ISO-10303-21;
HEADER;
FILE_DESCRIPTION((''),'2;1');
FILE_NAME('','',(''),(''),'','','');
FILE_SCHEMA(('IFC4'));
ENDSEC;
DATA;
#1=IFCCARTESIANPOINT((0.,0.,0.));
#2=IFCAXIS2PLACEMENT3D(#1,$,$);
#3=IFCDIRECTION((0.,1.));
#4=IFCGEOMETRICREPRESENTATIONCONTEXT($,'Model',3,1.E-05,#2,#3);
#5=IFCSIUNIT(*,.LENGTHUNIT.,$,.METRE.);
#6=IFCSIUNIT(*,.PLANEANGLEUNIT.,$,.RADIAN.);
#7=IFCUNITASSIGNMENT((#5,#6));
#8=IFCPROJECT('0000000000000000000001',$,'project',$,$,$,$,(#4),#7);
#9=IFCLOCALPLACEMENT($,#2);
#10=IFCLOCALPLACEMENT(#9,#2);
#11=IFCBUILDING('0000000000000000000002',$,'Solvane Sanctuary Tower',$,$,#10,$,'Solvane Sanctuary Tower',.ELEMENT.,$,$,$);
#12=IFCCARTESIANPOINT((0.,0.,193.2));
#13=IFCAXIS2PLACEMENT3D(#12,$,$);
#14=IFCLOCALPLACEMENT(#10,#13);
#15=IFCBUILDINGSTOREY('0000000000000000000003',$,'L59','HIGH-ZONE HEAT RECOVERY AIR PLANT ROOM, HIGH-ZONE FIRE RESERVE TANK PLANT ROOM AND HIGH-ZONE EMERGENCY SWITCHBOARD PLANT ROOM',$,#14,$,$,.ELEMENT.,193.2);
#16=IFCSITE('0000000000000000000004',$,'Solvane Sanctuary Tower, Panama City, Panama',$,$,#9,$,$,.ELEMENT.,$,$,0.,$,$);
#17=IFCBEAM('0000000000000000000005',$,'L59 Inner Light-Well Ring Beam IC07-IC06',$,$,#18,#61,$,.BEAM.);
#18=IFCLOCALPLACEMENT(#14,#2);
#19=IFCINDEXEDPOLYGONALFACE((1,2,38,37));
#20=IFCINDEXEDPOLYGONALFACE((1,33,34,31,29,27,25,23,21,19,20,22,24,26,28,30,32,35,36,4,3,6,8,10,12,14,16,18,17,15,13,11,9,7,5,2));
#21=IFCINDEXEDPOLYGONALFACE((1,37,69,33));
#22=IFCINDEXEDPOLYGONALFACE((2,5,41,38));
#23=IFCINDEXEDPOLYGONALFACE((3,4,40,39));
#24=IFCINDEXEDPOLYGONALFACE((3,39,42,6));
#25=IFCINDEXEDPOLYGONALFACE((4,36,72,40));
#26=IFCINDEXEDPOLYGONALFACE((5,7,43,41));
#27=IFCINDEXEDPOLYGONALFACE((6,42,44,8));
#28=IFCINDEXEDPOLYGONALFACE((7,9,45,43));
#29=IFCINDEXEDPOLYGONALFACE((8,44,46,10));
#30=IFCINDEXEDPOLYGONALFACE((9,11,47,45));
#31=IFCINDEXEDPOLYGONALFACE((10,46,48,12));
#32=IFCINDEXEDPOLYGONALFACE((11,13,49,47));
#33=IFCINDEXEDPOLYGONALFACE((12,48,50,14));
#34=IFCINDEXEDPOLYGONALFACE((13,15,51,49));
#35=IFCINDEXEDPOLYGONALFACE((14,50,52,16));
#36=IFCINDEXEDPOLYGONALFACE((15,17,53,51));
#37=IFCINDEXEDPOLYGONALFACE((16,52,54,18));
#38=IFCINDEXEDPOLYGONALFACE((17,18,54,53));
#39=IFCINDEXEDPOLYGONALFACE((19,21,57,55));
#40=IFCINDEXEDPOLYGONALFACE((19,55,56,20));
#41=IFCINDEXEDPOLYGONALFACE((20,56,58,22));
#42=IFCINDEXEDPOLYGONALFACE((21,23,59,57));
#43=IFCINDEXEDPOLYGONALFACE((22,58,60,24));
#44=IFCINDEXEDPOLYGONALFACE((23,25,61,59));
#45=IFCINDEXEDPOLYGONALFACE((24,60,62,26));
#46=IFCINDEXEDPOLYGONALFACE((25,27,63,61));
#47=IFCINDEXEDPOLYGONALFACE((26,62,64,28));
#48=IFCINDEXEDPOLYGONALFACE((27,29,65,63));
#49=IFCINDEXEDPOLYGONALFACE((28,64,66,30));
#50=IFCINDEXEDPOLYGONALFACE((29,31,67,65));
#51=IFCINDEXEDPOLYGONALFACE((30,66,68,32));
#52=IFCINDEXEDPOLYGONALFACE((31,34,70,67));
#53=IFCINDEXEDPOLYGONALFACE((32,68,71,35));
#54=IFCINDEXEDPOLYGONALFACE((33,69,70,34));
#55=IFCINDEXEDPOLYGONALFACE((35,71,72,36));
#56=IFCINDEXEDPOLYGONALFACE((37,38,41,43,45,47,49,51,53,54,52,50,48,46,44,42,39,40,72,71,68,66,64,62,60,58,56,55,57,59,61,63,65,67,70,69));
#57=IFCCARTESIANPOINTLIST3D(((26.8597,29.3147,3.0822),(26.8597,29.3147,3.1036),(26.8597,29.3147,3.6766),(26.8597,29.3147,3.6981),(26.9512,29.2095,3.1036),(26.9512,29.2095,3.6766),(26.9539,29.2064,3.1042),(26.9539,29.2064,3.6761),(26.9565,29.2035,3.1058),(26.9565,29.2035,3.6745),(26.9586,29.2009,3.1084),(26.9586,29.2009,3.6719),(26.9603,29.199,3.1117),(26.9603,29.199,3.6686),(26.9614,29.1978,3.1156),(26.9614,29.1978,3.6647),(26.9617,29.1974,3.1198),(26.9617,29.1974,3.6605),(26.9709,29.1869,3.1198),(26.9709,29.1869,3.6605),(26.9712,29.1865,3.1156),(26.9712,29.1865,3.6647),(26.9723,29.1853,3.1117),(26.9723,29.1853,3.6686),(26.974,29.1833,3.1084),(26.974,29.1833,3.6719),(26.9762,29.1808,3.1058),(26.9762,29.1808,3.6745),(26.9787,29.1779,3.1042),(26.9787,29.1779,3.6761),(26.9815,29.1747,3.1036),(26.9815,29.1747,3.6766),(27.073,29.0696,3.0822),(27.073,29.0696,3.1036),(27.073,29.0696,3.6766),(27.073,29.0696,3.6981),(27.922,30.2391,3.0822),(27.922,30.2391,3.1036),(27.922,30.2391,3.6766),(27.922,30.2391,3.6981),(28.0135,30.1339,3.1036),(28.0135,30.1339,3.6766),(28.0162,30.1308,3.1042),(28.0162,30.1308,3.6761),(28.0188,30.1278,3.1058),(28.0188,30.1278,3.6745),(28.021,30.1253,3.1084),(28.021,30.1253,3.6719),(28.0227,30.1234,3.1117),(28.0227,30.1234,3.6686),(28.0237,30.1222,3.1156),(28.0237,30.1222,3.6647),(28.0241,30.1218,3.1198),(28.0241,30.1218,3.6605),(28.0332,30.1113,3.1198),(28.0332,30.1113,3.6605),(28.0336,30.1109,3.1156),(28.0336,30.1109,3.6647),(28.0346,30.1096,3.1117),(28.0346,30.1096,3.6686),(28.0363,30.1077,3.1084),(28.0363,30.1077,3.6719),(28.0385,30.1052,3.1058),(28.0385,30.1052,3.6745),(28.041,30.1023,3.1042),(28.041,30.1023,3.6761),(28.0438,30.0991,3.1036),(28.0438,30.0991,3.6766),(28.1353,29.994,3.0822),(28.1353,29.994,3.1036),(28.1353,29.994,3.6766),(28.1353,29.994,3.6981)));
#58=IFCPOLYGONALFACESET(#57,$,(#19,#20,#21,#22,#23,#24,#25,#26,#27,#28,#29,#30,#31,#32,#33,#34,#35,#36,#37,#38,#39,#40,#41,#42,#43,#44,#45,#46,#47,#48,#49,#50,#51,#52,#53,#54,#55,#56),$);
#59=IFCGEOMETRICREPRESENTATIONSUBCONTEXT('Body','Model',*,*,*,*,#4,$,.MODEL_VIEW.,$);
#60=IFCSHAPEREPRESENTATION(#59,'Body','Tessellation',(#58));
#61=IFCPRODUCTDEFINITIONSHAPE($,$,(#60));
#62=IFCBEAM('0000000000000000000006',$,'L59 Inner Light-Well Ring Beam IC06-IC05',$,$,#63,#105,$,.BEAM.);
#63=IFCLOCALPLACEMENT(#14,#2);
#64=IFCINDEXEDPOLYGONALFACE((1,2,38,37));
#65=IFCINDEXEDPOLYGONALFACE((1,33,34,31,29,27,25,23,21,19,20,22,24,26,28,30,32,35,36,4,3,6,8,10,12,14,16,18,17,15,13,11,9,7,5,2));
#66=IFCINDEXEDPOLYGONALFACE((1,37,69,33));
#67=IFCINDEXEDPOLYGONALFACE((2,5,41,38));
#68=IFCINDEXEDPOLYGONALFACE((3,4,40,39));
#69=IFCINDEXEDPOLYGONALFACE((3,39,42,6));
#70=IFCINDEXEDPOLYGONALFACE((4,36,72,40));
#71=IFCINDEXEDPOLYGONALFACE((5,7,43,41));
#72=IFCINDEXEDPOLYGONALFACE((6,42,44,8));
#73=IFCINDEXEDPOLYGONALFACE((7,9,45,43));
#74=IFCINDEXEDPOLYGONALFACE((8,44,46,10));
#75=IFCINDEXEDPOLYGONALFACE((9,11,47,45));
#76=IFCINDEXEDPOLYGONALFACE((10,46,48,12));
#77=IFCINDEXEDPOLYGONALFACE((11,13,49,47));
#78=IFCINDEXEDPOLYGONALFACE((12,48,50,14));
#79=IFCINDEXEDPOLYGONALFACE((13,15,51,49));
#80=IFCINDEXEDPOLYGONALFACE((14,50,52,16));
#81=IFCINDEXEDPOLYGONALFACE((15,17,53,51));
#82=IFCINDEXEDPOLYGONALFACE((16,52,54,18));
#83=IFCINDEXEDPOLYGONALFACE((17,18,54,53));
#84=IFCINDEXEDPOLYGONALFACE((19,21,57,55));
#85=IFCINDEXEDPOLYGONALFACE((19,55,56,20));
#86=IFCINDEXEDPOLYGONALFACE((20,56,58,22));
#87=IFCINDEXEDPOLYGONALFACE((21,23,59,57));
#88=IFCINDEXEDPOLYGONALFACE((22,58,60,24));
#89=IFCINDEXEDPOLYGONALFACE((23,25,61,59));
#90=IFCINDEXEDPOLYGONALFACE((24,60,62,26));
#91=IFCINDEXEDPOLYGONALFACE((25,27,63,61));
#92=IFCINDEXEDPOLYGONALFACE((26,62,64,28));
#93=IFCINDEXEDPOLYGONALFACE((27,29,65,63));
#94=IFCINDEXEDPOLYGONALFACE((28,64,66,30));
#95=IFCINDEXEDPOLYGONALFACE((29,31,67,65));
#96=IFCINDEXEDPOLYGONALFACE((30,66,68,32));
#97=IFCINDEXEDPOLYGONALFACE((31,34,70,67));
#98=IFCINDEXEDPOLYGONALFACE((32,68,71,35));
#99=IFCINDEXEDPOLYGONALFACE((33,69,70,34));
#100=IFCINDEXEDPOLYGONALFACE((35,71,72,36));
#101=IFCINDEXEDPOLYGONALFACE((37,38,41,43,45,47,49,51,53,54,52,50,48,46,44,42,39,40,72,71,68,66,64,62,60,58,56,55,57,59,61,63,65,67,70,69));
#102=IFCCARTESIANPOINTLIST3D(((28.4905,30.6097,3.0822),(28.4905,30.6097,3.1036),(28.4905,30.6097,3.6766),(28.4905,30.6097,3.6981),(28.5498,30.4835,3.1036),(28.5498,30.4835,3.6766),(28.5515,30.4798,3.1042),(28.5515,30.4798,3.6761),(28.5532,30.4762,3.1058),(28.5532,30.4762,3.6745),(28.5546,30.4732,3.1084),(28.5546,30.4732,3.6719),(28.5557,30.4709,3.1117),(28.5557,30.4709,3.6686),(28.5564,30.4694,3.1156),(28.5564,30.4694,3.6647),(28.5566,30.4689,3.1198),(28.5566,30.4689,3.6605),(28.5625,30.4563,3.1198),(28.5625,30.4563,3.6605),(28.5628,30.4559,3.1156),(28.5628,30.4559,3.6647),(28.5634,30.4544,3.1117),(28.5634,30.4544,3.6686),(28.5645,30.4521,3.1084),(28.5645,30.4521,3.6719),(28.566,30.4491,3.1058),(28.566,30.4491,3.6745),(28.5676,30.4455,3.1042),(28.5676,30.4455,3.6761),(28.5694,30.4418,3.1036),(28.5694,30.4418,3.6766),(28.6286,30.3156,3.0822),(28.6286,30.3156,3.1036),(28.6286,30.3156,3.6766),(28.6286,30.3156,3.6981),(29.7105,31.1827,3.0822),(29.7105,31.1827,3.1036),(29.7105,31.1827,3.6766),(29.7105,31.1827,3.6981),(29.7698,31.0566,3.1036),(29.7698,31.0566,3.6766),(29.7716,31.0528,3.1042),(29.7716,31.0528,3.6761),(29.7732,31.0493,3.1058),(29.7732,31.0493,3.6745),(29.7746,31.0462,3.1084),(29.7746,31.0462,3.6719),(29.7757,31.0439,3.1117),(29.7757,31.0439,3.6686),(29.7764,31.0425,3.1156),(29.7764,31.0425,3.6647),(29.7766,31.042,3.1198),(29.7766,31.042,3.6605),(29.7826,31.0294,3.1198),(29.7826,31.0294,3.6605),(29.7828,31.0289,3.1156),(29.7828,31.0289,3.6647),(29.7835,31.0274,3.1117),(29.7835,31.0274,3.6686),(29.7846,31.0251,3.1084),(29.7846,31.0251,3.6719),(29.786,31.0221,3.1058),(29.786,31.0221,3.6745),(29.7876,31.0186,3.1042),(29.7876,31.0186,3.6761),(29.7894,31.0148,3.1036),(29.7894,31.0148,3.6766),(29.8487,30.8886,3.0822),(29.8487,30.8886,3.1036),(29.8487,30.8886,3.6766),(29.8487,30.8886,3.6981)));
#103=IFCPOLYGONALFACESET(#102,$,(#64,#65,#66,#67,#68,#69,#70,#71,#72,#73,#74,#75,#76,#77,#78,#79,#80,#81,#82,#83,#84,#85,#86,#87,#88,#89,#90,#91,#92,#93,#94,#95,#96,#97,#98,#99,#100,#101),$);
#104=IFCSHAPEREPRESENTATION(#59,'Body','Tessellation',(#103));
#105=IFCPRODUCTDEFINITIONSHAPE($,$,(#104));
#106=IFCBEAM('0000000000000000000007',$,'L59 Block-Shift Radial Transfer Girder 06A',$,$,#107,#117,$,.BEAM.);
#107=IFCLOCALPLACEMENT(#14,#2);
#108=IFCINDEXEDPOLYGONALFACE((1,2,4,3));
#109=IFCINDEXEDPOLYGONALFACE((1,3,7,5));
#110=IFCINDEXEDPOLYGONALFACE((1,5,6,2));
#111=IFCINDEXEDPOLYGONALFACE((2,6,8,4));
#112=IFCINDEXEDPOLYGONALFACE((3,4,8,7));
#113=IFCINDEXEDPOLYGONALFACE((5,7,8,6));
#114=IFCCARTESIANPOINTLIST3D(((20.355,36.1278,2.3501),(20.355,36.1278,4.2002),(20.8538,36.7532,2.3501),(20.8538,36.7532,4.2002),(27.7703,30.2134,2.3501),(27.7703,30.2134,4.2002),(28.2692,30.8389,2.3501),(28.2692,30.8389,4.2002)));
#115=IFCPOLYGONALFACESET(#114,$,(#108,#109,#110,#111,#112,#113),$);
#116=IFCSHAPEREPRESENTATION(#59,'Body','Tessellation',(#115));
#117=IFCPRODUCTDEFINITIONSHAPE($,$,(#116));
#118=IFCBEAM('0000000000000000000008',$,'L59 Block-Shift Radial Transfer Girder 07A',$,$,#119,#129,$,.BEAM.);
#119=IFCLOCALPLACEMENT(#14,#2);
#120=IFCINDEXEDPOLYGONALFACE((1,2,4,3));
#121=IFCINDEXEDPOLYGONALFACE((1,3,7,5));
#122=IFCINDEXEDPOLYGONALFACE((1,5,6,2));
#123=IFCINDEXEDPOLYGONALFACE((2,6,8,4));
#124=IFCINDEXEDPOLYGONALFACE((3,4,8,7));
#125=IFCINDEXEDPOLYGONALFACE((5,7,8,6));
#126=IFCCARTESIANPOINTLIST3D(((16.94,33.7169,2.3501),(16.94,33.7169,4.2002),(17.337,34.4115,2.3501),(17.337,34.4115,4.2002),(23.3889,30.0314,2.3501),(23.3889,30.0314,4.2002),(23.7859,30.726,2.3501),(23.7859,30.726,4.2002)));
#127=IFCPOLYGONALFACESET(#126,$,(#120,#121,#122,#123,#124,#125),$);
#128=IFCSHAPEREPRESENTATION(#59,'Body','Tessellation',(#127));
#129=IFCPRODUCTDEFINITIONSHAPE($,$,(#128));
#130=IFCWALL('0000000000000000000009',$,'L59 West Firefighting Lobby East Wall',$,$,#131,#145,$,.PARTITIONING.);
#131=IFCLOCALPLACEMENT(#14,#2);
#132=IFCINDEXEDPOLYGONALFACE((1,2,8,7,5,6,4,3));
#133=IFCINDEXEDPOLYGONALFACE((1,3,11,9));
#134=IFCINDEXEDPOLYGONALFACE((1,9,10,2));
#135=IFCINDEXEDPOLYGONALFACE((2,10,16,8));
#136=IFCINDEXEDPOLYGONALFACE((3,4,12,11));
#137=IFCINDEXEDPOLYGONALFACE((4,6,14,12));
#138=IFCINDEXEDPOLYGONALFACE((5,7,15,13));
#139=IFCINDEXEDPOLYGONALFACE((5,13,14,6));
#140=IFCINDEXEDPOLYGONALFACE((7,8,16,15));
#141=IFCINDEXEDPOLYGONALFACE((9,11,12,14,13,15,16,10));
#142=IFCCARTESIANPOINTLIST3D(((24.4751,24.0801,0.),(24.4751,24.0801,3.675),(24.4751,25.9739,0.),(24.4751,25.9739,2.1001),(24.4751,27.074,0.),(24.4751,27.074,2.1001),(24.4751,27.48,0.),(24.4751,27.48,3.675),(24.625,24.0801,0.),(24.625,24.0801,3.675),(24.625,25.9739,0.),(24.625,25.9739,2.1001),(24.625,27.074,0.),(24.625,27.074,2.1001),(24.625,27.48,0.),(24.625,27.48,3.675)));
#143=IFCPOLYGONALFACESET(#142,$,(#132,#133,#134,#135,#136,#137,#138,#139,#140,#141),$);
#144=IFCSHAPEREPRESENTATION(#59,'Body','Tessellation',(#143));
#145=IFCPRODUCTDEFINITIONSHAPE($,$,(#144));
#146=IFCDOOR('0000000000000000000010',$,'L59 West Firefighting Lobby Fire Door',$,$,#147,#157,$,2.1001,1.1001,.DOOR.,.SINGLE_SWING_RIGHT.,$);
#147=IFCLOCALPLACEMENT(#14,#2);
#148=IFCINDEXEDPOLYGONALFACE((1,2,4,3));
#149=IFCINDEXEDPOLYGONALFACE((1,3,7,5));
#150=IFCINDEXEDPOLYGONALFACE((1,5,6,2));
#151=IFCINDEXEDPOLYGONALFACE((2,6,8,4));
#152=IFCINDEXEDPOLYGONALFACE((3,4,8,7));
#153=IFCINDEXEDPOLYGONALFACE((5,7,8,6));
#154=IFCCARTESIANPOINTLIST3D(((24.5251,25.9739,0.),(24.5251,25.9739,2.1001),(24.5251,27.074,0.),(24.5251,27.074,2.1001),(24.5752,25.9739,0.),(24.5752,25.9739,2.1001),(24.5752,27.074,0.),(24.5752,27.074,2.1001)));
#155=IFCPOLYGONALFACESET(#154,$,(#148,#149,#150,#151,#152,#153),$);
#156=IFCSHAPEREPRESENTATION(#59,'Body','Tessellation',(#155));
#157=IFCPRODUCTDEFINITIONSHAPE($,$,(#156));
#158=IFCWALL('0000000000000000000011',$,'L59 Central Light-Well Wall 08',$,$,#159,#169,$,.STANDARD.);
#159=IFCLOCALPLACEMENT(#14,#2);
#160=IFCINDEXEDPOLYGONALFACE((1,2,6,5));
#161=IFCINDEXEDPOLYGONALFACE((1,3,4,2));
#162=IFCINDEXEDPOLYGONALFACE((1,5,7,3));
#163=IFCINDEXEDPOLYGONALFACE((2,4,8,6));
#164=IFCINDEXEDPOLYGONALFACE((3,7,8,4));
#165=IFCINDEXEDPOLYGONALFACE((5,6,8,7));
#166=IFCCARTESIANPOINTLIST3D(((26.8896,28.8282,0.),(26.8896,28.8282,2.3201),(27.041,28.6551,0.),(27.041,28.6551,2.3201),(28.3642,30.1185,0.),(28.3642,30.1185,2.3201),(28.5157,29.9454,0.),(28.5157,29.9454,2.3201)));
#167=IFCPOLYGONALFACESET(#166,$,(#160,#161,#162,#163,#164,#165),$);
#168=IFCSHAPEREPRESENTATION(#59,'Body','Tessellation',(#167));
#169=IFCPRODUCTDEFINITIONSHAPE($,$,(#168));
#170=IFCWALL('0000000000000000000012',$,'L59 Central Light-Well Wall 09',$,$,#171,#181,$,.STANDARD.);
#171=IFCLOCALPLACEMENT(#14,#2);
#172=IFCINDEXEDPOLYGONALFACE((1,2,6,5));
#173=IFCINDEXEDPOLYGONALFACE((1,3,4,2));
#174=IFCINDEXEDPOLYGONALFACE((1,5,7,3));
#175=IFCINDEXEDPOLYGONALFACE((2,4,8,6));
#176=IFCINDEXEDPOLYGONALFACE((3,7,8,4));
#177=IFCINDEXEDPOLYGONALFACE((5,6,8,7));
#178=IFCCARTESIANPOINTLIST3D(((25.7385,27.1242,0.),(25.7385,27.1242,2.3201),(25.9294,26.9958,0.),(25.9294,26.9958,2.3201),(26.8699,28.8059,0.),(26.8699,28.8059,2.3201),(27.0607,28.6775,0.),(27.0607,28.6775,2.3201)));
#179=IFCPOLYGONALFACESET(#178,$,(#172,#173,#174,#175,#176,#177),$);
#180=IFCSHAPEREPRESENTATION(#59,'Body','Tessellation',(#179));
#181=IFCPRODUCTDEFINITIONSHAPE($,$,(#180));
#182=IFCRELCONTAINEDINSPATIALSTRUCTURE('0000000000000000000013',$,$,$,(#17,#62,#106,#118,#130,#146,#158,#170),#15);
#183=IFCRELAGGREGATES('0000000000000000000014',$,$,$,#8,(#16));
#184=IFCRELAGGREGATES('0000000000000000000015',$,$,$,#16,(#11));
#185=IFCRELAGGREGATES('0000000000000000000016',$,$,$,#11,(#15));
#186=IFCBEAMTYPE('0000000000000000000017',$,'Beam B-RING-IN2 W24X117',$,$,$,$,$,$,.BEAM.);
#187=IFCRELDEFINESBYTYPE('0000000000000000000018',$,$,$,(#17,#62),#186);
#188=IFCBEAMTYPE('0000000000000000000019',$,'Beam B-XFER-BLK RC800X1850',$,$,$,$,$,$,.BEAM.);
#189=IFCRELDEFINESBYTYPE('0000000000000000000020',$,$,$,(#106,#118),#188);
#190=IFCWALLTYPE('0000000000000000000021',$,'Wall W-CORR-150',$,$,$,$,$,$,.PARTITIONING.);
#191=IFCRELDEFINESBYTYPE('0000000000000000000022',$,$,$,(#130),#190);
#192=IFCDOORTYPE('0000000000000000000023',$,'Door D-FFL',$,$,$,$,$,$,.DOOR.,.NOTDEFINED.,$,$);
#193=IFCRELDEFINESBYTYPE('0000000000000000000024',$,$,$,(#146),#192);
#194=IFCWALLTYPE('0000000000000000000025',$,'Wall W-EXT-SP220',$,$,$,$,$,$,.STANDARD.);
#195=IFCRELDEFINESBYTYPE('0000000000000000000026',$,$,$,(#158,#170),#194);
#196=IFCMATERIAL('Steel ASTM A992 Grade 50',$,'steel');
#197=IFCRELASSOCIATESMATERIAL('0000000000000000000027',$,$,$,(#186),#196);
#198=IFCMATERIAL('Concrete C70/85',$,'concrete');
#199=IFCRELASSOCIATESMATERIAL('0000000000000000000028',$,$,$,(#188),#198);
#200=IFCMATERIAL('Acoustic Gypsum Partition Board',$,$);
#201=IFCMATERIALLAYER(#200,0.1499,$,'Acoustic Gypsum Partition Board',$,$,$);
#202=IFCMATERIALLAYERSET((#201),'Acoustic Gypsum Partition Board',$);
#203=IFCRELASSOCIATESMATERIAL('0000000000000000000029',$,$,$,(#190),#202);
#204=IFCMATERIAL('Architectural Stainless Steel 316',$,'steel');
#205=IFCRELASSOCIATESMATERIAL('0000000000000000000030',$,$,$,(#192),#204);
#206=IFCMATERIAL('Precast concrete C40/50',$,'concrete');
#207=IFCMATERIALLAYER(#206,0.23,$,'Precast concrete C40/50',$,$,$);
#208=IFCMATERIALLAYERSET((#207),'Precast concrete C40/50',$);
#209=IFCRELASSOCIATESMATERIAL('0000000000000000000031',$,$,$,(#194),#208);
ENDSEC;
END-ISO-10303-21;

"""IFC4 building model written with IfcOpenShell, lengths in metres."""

from ifc_helpers import new_model, si_unit, direction, frame, frame_2d, origin, origin_2d, place, context, subcontext, project, spatial, rectangle, i_section, extrude, material, layer, layer_set, material_profile, profile_set, type_object, element, fill, save


model = new_model("IFC4")

# Units and contexts
model_context = context("Model", 3, precision=1e-05, world=origin(), true_north=direction((0.0, 1.0)))
body_context = subcontext(model_context, "Body", "Model", "MODEL_VIEW")
ifc_project = project(units=[si_unit("LENGTHUNIT", "METRE"), si_unit("PLANEANGLEUNIT", "RADIAN")], contexts=[model_context])

# Site, building, storey
site_placement = place(None, origin())
site = spatial("IfcSite", under=ifc_project, at=site_placement, Name="Solvane Sanctuary Tower, Panama City, Panama", CompositionType="ELEMENT", RefElevation=0.0)
building_placement = place(site_placement, origin())
building = spatial("IfcBuilding", under=site, at=building_placement, Name="Solvane Sanctuary Tower", LongName="Solvane Sanctuary Tower", CompositionType="ELEMENT")
storey_placement = place(building_placement, frame((0.0, 0.0, 193.2)))
storey = spatial("IfcBuildingStorey", under=building, at=storey_placement, Name="L59", Description="HIGH-ZONE HEAT RECOVERY AIR PLANT ROOM, HIGH-ZONE FIRE RESERVE TANK PLANT ROOM AND HIGH-ZONE EMERGENCY SWITCHBOARD PLANT ROOM", CompositionType="ELEMENT", Elevation=193.2)

# Shared definitions
ifc_material_1 = material(Name="Concrete C70/85", Category="concrete")

# Beams
ifc_material_2 = material(Name="Steel ASTM A992 Grade 50", Category="steel")
ifc_material_profile_1 = material_profile(ifc_material_2, i_section(OverallWidth=0.325, OverallDepth=0.616, WebThickness=0.0139, FlangeThickness=0.0215, FilletRadius=0.0161, at=origin_2d()), Name="W24X117")
ifc_profile_set_1 = profile_set([ifc_material_profile_1], Name="Steel ASTM A992 Grade 50")
beam_type_1 = type_object("IfcBeamType", Name="Beam B-RING-IN2 W24X117", PredefinedType="BEAM", material=ifc_profile_set_1)
beam_1_placement = place(storey_placement, frame((26.9663, 29.1921, 3.3901), z_axis=(0.754389, 0.656428, 0.0), x_axis=(-0.656428, 0.754389, 0.0)))
element("IfcBeam", 1, at=beam_1_placement, inside=storey, type_object=beam_type_1, Name="L59 Inner Light-Well Ring Beam IC07-IC06", PredefinedType="BEAM", context=body_context, shape_type="SweptSolid", body=[
    extrude(i_section(OverallWidth=0.325, OverallDepth=0.616, WebThickness=0.0139, FlangeThickness=0.0215, FilletRadius=0.0161, at=origin_2d()), origin(), (0.0, 0.0, 1.0), 1.4082),
])
beam_2_placement = place(storey_placement, frame((28.5596, 30.4626, 3.3901), z_axis=(0.905135, 0.425125, 0.0), x_axis=(-0.425125, 0.905135, 0.0)))
element("IfcBeam", 2, at=beam_2_placement, inside=storey, type_object=beam_type_1, Name="L59 Inner Light-Well Ring Beam IC06-IC05", PredefinedType="BEAM", context=body_context, shape_type="SweptSolid", body=[
    extrude(i_section(OverallWidth=0.325, OverallDepth=0.616, WebThickness=0.0139, FlangeThickness=0.0215, FilletRadius=0.0161, at=origin_2d()), origin(), (0.0, 0.0, 1.0), 1.3479),
])
ifc_material_profile_2 = material_profile(ifc_material_1, rectangle(XDim=0.8, YDim=1.8501, at=origin_2d()), Name="RC800X1850")
ifc_profile_set_2 = profile_set([ifc_material_profile_2], Name="Concrete C70/85")
beam_type_2 = type_object("IfcBeamType", Name="Beam B-XFER-BLK RC800X1850", PredefinedType="BEAM", material=ifc_profile_set_2)
beam_3_placement = place(storey_placement, frame((28.0198, 30.5261, 3.2751), z_axis=(-0.78179, 0.623542, 0.0), x_axis=(-0.623542, -0.78179, 0.0)))
element("IfcBeam", 3, at=beam_3_placement, inside=storey, type_object=beam_type_2, Name="L59 Block-Shift Radial Transfer Girder 06A", PredefinedType="BEAM", context=body_context, shape_type="SweptSolid", body=[
    extrude(rectangle(XDim=0.8, YDim=1.8501, at=origin_2d()), origin(), (0.0, 0.0, 1.0), 9.4851),
])
beam_4_placement = place(storey_placement, frame((23.5874, 30.3787, 3.2751), z_axis=(-0.868219, 0.496181, 0.0), x_axis=(-0.496181, -0.868219, 0.0)))
element("IfcBeam", 4, at=beam_4_placement, inside=storey, type_object=beam_type_2, Name="L59 Block-Shift Radial Transfer Girder 07A", PredefinedType="BEAM", context=body_context, shape_type="SweptSolid", body=[
    extrude(rectangle(XDim=0.8, YDim=1.8501, at=origin_2d()), origin(), (0.0, 0.0, 1.0), 7.4277),
])

# Wall, opening, door
ifc_material_3 = material(Name="Acoustic Gypsum Partition Board")
ifc_layer_1 = layer(ifc_material_3, 0.1499, Name="Acoustic Gypsum Partition Board")
ifc_layer_set_1 = layer_set([ifc_layer_1], Name="Acoustic Gypsum Partition Board")
wall_type_1 = type_object("IfcWallType", Name="Wall W-CORR-150", PredefinedType="PARTITIONING", material=ifc_layer_set_1)
wall_1_placement = place(storey_placement, frame((24.55, 24.0801, 0.0), z_axis=(0.0, 0.0, 1.0), x_axis=(0.0, 1.0, 0.0)))
wall_1 = element("IfcWall", 5, at=wall_1_placement, inside=storey, type_object=wall_type_1, Name="L59 West Firefighting Lobby East Wall", PredefinedType="PARTITIONING", context=body_context, shape_type="SweptSolid", body=[
    extrude(rectangle(XDim=3.3999, YDim=0.1499, at=frame_2d((1.7, 0.0))), origin(), (0.0, 0.0, 1.0), 3.675),
])
opening_1_placement = place(wall_1_placement, frame((1.8938, 0.0, 0.0)))
opening_1 = element("IfcOpeningElement", 6, at=opening_1_placement, cuts=wall_1, PredefinedType="OPENING", context=body_context, shape_type="SweptSolid", body=[
    extrude(rectangle(XDim=1.1001, YDim=2.1001, at=frame_2d((0.55, 1.05))), frame((0.0, 0.085, 0.0), z_axis=(0.0, -1.0, 0.0), x_axis=(1.0, 0.0, 0.0)), (0.0, 0.0, 1.0), 0.1699),
])
ifc_material_4 = material(Name="Architectural Stainless Steel 316", Category="steel")
door_type_1 = type_object("IfcDoorType", Name="Door D-FFL", OperationType="NOTDEFINED", PredefinedType="DOOR", material=ifc_material_4)
door_1_placement = place(opening_1_placement, origin())
door_1 = element("IfcDoor", 7, at=door_1_placement, inside=storey, type_object=door_type_1, Name="L59 West Firefighting Lobby Fire Door", OperationType="SINGLE_SWING_RIGHT", OverallHeight=2.1001, OverallWidth=1.1001, PredefinedType="DOOR", context=body_context, shape_type="SweptSolid", body=[
    extrude(rectangle(XDim=1.1001, YDim=2.1001, at=frame_2d((0.55, 1.05))), frame((0.0, 0.0249, 0.0), z_axis=(0.0, -1.0, 0.0), x_axis=(1.0, 0.0, 0.0)), (0.0, 0.0, 1.0), 0.05),
])
fill(opening_1, door_1)

# Walls
ifc_material_5 = material(Name="Precast concrete C40/50", Category="concrete")
ifc_layer_2 = layer(ifc_material_5, 0.23, Name="Precast concrete C40/50")
ifc_layer_set_2 = layer_set([ifc_layer_2], Name="Precast concrete C40/50")
wall_type_2 = type_object("IfcWallType", Name="Wall W-EXT-SP220", PredefinedType="STANDARD", material=ifc_layer_set_2)
wall_2_placement = place(storey_placement, frame((28.4399, 30.032, 0.0), z_axis=(0.0, 0.0, 1.0), x_axis=(-0.752577, -0.658505, 0.0)))
element("IfcWall", 8, at=wall_2_placement, inside=storey, type_object=wall_type_2, Name="L59 Central Light-Well Wall 08", PredefinedType="STANDARD", context=body_context, shape_type="SweptSolid", body=[
    extrude(rectangle(XDim=1.9595, YDim=0.23, at=frame_2d((0.9797, 0.0))), origin(), (0.0, 0.0, 1.0), 2.3201),
])
wall_3_placement = place(storey_placement, frame((26.9653, 28.7417, 0.0), z_axis=(0.0, 0.0, 1.0), x_axis=(-0.558198, -0.829708, 0.0)))
element("IfcWall", 9, at=wall_3_placement, inside=storey, type_object=wall_type_2, Name="L59 Central Light-Well Wall 09", PredefinedType="STANDARD", context=body_context, shape_type="SweptSolid", body=[
    extrude(rectangle(XDim=2.0269, YDim=0.23, at=frame_2d((1.0134, 0.0))), origin(), (0.0, 0.0, 1.0), 2.3201),
])

save(model, "model.ifc")
